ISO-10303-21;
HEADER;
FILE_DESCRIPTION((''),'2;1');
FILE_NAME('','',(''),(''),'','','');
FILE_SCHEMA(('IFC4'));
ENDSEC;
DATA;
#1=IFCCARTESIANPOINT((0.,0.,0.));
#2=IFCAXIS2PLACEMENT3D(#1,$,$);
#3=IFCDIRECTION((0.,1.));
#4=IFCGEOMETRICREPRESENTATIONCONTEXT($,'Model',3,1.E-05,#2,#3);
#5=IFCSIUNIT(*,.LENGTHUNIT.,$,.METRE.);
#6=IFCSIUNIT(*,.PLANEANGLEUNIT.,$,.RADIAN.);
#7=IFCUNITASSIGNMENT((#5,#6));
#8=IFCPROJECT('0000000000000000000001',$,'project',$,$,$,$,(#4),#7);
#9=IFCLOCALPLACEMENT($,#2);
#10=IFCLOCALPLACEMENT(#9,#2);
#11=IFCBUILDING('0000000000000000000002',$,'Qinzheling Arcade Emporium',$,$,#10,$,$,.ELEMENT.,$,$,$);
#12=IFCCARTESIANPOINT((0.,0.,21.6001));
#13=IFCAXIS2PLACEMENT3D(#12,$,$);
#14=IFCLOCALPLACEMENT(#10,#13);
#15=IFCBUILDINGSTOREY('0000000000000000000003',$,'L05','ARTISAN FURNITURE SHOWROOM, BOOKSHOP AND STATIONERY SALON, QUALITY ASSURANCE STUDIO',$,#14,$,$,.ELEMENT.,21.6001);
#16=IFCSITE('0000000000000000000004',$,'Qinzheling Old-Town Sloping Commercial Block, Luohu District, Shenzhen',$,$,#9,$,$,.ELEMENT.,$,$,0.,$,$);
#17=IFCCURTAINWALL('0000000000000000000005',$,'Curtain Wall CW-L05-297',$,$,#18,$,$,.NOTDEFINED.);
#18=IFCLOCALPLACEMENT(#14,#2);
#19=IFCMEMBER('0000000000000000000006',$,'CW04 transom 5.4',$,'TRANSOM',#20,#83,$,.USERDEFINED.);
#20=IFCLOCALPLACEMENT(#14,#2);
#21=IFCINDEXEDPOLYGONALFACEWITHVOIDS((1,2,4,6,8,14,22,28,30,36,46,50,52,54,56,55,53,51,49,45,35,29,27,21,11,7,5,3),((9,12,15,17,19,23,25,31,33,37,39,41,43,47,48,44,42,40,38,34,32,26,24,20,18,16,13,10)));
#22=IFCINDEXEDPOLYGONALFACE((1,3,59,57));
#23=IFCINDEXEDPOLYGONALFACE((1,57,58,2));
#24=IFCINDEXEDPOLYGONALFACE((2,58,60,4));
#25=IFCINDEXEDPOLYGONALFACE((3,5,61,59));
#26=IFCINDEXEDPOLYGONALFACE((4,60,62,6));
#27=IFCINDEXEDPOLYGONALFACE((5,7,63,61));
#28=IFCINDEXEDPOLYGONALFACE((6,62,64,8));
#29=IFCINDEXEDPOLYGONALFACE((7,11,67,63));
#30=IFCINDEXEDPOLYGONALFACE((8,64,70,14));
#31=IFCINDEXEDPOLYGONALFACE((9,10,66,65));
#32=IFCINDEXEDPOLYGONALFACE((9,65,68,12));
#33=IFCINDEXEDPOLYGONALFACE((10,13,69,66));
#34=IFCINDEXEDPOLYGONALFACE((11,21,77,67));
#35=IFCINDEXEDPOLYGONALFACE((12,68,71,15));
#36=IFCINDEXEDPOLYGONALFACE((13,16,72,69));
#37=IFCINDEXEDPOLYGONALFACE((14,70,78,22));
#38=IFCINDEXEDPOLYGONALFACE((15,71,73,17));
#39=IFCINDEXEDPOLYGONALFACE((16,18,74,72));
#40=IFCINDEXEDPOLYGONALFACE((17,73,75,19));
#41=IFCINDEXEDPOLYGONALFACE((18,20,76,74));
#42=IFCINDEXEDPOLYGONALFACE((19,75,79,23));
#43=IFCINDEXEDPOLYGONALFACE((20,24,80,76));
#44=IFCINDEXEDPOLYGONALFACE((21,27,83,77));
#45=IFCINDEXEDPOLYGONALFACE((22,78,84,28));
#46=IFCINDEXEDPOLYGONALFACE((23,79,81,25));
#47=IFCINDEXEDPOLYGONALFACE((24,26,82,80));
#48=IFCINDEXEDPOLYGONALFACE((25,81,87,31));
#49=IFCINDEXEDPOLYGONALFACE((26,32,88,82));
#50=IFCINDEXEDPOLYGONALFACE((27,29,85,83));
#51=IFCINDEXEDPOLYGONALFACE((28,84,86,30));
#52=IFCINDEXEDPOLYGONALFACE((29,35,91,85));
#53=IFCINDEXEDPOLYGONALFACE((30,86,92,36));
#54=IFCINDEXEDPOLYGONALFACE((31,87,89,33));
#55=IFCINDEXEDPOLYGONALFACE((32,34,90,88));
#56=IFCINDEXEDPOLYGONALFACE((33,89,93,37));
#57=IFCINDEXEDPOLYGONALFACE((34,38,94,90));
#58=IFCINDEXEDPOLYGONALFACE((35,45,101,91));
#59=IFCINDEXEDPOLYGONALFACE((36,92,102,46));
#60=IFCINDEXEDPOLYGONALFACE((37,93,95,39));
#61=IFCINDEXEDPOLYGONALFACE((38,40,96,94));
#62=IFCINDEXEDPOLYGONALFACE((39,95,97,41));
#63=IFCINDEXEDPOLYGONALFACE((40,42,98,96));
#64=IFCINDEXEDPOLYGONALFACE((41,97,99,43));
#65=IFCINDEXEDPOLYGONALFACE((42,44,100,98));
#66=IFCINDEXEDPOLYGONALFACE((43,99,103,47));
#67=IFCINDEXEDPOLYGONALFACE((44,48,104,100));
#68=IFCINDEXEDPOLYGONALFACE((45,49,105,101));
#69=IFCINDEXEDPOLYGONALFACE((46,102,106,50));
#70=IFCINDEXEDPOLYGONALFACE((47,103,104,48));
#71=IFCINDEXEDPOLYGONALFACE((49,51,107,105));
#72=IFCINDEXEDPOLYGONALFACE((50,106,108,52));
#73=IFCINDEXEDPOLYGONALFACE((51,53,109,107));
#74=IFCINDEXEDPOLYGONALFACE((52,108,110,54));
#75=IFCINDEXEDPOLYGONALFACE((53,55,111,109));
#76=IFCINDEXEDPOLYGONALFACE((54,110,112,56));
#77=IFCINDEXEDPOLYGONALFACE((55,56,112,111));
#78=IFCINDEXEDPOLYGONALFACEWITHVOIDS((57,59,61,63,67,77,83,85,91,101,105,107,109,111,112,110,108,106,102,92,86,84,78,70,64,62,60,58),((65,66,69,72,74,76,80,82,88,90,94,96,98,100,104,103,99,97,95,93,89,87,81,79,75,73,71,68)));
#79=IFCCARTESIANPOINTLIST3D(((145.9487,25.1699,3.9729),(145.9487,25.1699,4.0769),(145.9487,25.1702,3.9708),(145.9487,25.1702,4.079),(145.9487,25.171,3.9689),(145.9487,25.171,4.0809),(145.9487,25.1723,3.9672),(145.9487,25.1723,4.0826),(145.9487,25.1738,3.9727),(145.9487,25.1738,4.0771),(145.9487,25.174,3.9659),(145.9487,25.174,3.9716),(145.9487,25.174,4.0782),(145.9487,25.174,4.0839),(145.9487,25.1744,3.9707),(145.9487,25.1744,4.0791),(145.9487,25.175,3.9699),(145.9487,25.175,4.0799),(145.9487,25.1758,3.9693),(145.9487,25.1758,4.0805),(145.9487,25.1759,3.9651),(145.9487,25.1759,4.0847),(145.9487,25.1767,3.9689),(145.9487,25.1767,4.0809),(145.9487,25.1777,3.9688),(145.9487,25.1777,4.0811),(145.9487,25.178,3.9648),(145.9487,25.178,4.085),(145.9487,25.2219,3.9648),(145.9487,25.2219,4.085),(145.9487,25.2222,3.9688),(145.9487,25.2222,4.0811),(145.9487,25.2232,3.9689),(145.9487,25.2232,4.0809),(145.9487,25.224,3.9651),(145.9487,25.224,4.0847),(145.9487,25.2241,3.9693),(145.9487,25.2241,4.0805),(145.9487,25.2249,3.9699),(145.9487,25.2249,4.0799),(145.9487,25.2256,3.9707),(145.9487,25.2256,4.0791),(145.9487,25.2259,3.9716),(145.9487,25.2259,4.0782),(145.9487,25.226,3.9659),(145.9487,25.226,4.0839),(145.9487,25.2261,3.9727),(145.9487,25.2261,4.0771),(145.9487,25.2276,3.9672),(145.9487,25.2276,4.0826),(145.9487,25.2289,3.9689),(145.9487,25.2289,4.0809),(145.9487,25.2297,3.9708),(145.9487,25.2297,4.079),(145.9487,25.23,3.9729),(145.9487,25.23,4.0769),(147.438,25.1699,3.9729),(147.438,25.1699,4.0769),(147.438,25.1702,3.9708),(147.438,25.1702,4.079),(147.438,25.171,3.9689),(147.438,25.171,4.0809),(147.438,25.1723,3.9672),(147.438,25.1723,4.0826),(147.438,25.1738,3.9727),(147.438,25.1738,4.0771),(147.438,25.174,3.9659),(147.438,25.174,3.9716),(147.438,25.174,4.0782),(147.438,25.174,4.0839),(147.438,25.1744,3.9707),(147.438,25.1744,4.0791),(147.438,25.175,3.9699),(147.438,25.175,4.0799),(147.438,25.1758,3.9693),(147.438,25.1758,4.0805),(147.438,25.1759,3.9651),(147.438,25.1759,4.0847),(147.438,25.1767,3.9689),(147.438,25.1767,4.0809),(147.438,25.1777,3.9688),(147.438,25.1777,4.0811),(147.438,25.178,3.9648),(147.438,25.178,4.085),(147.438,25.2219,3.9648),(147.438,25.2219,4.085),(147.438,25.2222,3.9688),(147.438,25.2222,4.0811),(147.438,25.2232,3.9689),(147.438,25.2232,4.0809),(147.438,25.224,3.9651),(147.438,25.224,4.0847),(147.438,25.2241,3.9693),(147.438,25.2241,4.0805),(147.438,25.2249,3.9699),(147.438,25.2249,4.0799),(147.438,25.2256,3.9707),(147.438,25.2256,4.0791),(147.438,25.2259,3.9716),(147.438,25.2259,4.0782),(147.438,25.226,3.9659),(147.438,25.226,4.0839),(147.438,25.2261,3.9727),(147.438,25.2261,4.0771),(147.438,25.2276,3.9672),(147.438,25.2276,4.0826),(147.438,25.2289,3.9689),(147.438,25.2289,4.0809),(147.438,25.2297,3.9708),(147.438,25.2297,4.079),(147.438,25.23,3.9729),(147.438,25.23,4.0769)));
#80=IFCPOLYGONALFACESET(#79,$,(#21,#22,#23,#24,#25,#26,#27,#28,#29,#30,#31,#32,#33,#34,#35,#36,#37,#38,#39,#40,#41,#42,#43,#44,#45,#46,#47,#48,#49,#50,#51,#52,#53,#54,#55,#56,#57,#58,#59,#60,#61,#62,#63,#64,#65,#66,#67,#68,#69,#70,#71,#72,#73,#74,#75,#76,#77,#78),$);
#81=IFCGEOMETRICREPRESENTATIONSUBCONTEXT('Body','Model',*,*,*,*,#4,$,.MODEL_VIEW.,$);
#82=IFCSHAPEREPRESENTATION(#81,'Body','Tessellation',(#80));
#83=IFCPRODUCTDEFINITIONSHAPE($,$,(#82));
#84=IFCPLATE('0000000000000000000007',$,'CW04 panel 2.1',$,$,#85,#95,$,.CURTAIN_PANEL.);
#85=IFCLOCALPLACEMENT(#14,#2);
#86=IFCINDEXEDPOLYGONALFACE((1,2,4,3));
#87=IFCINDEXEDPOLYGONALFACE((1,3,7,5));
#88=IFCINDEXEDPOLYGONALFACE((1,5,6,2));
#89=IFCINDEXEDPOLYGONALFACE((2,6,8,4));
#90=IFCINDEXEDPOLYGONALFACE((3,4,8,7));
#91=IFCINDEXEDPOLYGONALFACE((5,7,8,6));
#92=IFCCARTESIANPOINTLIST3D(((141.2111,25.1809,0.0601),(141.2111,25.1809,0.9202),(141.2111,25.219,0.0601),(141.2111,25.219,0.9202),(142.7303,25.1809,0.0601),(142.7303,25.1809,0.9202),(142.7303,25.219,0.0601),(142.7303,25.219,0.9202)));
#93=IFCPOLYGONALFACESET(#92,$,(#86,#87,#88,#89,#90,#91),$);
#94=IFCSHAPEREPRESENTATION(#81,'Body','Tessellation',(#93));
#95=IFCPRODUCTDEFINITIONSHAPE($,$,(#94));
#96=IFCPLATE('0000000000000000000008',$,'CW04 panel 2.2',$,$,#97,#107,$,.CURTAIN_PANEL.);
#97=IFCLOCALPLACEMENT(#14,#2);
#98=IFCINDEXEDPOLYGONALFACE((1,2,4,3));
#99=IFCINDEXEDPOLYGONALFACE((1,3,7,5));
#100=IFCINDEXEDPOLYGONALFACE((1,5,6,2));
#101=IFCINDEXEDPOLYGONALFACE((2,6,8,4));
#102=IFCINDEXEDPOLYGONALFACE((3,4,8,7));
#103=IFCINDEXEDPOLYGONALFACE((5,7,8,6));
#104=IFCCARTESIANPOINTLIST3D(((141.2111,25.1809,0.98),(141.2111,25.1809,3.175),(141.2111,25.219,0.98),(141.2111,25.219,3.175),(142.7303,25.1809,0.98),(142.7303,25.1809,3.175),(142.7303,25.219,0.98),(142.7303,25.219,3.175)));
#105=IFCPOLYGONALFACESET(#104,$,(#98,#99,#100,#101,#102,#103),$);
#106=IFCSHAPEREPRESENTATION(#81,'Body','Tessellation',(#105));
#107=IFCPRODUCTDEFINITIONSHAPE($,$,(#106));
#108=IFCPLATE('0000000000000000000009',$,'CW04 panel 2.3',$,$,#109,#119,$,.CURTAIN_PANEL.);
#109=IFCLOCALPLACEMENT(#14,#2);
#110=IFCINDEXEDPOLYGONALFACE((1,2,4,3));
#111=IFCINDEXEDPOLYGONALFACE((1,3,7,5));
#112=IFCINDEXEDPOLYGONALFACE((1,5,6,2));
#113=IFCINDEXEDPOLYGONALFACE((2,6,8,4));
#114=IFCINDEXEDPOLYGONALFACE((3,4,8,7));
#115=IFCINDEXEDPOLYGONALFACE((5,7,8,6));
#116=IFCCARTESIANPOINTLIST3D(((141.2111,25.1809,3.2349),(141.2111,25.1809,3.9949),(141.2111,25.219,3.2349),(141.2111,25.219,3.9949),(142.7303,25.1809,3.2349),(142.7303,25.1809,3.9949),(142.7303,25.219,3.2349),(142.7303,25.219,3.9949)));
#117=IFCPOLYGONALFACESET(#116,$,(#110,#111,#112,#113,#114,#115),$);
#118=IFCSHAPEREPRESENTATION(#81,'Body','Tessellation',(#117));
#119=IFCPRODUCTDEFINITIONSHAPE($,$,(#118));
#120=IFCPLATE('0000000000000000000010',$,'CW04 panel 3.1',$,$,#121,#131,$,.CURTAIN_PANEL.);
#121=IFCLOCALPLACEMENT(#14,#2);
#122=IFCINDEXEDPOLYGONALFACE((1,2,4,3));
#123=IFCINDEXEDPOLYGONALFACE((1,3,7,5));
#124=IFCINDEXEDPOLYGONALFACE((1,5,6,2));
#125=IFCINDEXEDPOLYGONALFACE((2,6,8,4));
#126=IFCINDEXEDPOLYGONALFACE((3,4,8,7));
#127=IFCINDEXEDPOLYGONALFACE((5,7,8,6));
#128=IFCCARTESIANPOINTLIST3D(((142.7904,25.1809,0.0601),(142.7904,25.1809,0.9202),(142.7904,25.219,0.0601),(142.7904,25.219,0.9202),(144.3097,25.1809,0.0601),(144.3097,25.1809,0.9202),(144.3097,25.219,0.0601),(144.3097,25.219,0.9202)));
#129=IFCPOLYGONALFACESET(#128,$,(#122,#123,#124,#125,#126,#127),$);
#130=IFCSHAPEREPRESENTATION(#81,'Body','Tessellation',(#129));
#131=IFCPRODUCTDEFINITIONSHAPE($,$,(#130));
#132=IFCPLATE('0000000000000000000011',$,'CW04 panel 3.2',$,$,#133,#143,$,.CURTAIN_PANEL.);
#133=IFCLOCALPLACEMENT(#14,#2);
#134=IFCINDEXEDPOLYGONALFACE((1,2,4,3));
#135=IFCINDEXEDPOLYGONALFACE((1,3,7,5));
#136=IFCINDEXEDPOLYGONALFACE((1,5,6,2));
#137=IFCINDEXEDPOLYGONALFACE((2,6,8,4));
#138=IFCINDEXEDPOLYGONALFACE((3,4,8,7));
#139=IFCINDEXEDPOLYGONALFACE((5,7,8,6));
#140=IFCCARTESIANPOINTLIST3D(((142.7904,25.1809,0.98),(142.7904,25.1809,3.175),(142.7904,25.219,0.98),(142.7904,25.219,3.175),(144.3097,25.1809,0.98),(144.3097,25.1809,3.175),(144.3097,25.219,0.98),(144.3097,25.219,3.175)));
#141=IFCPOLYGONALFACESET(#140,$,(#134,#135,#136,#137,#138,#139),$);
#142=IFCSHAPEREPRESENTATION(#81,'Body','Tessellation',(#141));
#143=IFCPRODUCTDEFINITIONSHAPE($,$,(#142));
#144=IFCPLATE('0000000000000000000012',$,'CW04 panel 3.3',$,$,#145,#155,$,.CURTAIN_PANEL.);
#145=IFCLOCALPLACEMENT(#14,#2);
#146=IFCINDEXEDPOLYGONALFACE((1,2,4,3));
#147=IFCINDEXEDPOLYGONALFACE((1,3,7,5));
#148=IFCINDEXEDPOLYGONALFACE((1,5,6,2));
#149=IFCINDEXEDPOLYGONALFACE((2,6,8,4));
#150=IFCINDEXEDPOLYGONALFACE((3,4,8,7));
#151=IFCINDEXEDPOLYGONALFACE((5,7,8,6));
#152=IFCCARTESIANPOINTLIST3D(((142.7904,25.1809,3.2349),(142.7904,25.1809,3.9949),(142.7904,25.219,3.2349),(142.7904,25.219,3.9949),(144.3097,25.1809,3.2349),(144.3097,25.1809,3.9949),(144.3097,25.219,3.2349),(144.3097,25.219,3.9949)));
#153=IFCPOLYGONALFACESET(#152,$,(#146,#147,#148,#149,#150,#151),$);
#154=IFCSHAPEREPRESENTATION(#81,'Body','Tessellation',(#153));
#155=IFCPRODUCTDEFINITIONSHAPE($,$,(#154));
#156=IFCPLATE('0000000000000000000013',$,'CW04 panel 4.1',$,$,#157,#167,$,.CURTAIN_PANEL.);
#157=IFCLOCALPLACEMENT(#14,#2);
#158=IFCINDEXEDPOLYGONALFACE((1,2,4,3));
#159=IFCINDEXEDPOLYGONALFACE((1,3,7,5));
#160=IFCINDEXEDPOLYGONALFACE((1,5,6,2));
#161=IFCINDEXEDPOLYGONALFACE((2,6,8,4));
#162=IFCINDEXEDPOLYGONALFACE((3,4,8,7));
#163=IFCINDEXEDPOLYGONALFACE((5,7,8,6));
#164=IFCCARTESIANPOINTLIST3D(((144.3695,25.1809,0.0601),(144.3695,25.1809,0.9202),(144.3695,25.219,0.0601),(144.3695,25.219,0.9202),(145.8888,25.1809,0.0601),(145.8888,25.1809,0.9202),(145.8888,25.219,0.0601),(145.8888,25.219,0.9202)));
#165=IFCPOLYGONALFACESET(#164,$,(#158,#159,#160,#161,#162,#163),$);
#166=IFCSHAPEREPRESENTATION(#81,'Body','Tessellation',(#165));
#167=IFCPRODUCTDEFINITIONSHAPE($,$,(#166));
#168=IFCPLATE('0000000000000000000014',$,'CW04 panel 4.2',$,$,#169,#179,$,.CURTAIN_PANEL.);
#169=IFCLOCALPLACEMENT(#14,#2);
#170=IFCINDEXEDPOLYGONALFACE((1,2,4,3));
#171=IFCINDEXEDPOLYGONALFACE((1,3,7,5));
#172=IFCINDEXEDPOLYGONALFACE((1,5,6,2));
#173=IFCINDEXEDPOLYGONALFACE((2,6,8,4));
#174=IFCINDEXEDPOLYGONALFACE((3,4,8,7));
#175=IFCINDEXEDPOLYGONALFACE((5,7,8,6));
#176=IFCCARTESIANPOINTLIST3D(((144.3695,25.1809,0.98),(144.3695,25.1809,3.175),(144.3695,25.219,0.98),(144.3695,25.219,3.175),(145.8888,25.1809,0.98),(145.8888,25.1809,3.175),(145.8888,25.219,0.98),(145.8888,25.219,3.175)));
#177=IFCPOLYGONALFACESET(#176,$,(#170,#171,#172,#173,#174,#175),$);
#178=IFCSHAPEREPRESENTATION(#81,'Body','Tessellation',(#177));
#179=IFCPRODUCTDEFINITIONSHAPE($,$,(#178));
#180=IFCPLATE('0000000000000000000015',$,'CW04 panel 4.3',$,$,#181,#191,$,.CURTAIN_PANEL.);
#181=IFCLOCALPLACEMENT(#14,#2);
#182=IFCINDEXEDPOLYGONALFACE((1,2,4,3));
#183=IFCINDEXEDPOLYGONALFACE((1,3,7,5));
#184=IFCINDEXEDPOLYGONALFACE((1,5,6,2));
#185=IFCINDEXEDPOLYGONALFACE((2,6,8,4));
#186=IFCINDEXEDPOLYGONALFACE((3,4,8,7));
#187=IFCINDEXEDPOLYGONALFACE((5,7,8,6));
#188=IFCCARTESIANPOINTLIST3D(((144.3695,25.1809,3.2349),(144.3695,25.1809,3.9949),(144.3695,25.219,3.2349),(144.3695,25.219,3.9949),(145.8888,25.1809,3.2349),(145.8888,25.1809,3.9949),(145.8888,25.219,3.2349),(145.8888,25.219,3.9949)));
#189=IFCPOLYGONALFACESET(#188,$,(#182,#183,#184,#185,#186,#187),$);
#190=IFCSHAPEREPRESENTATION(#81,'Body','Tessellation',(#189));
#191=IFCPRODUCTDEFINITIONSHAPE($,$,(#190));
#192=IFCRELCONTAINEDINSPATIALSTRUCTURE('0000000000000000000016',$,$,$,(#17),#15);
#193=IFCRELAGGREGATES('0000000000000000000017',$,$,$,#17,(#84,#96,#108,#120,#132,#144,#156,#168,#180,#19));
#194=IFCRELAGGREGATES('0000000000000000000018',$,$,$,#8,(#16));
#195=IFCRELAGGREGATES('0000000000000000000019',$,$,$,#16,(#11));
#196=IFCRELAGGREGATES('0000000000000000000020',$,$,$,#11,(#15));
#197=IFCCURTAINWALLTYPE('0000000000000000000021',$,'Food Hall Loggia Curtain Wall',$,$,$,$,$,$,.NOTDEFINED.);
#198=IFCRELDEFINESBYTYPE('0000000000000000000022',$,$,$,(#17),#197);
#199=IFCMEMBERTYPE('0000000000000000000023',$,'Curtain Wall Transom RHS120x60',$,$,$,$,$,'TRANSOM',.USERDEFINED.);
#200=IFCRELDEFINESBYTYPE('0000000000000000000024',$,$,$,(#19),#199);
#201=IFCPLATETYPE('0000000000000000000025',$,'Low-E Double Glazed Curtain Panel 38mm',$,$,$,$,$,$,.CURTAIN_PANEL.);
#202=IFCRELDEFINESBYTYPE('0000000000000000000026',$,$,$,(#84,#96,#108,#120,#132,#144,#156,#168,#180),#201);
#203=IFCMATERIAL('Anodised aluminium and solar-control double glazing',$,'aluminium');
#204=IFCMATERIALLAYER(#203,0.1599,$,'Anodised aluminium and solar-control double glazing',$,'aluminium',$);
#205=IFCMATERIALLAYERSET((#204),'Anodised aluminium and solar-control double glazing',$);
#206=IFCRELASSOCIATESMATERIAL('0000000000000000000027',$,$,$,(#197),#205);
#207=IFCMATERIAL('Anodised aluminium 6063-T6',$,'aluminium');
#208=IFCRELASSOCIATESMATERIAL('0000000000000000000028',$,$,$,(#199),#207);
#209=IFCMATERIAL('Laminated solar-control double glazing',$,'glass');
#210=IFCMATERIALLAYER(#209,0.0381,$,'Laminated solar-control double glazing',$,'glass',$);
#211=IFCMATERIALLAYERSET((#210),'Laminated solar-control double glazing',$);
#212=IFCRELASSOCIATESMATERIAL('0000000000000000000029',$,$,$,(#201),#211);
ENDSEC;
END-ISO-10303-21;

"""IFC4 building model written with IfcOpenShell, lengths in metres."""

from ifc_helpers import new_model, si_unit, direction, frame, origin, origin_2d, place, context, subcontext, project, spatial, rectangle, hollow_rectangle, extrude, material, layer, layer_set, material_profile, profile_set, type_object, element, aggregate, save


model = new_model("IFC4")

# Units and contexts
model_context = context("Model", 3, precision=1e-05, world=origin(), true_north=direction((0.0, 1.0)))
body_context = subcontext(model_context, "Body", "Model", "MODEL_VIEW")
ifc_project = project(units=[si_unit("LENGTHUNIT", "METRE"), si_unit("PLANEANGLEUNIT", "RADIAN")], contexts=[model_context])

# Site, building, storey
site_placement = place(None, origin())
site = spatial("IfcSite", under=ifc_project, at=site_placement, Name="Qinzheling Old-Town Sloping Commercial Block, Luohu District, Shenzhen", CompositionType="ELEMENT", RefElevation=0.0)
building_placement = place(site_placement, origin())
building = spatial("IfcBuilding", under=site, at=building_placement, Name="Qinzheling Arcade Emporium", CompositionType="ELEMENT")
storey_placement = place(building_placement, frame((0.0, 0.0, 21.6001)))
storey = spatial("IfcBuildingStorey", under=building, at=storey_placement, Name="L05", Description="ARTISAN FURNITURE SHOWROOM, BOOKSHOP AND STATIONERY SALON, QUALITY ASSURANCE STUDIO", CompositionType="ELEMENT", Elevation=21.6001)

# Curtain wall, member, plates
ifc_material_1 = material(Name="Anodised aluminium and solar-control double glazing", Category="aluminium")
ifc_layer_1 = layer(ifc_material_1, 0.1599, Name="Anodised aluminium and solar-control double glazing", Category="aluminium")
ifc_layer_set_1 = layer_set([ifc_layer_1], Name="Anodised aluminium and solar-control double glazing")
curtain_wall_type = type_object("IfcCurtainWallType", Name="Food Hall Loggia Curtain Wall", PredefinedType="NOTDEFINED", material=ifc_layer_set_1)
curtain_wall_placement = place(storey_placement, origin())
curtain_wall = element("IfcCurtainWall", 1, at=curtain_wall_placement, inside=storey, type_object=curtain_wall_type, Name="Curtain Wall CW-L05-297", PredefinedType="NOTDEFINED")
ifc_material_2 = material(Name="Anodised aluminium 6063-T6", Category="aluminium")
ifc_material_profile_1 = material_profile(ifc_material_2, hollow_rectangle(XDim=0.0601, YDim=0.1201, WallThickness=0.0039, InnerFilletRadius=0.0039, OuterFilletRadius=0.0081, at=origin_2d()), Name="RHS 120x60x4", Category="aluminium")
ifc_profile_set_1 = profile_set([ifc_material_profile_1], Name="Anodised aluminium 6063-T6")
member_type_1 = type_object("IfcMemberType", Name="Curtain Wall Transom RHS120x60", ElementType="TRANSOM", PredefinedType="USERDEFINED", material=ifc_profile_set_1)
member_1_placement = place(storey_placement, frame((145.9487, 25.2, 4.0249), z_axis=(1.0, 0.0, 0.0), x_axis=(0.0, 1.0, 0.0)))
member_1 = element("IfcMember", 2, at=member_1_placement, type_object=member_type_1, Name="CW04 transom 5.4", ObjectType="TRANSOM", PredefinedType="USERDEFINED", context=body_context, shape_type="SweptSolid", body=[
    extrude(hollow_rectangle(XDim=0.0601, YDim=0.1201, WallThickness=0.0039, InnerFilletRadius=0.0039, OuterFilletRadius=0.0081, at=origin_2d()), origin(), (0.0, 0.0, 1.0), 1.4893),
])
ifc_material_3 = material(Name="Laminated solar-control double glazing", Category="glass")
ifc_layer_2 = layer(ifc_material_3, 0.0381, Name="Laminated solar-control double glazing", Category="glass")
ifc_layer_set_2 = layer_set([ifc_layer_2], Name="Laminated solar-control double glazing")
plate_type = type_object("IfcPlateType", Name="Low-E Double Glazed Curtain Panel 38mm", PredefinedType="CURTAIN_PANEL", material=ifc_layer_set_2)
plate_1_placement = place(storey_placement, frame((141.9707, 25.2, 0.0601), z_axis=(0.0, 0.0, 1.0), x_axis=(1.0, 0.0, 0.0)))
plate_1 = element("IfcPlate", 3, at=plate_1_placement, type_object=plate_type, Name="CW04 panel 2.1", PredefinedType="CURTAIN_PANEL", context=body_context, shape_type="SweptSolid", body=[
    extrude(rectangle(XDim=1.5193, YDim=0.0381, at=origin_2d()), origin(), (0.0, 0.0, 1.0), 0.8601),
])
plate_2_placement = place(storey_placement, frame((141.9707, 25.2, 0.98), z_axis=(0.0, 0.0, 1.0), x_axis=(1.0, 0.0, 0.0)))
plate_2 = element("IfcPlate", 4, at=plate_2_placement, type_object=plate_type, Name="CW04 panel 2.2", PredefinedType="CURTAIN_PANEL", context=body_context, shape_type="SweptSolid", body=[
    extrude(rectangle(XDim=1.5193, YDim=0.0381, at=origin_2d()), origin(), (0.0, 0.0, 1.0), 2.1951),
])
plate_3_placement = place(storey_placement, frame((141.9707, 25.2, 3.2349), z_axis=(0.0, 0.0, 1.0), x_axis=(1.0, 0.0, 0.0)))
plate_3 = element("IfcPlate", 5, at=plate_3_placement, type_object=plate_type, Name="CW04 panel 2.3", PredefinedType="CURTAIN_PANEL", context=body_context, shape_type="SweptSolid", body=[
    extrude(rectangle(XDim=1.5193, YDim=0.0381, at=origin_2d()), origin(), (0.0, 0.0, 1.0), 0.76),
])
plate_4_placement = place(storey_placement, frame((143.55, 25.2, 0.0601), z_axis=(0.0, 0.0, 1.0), x_axis=(1.0, 0.0, 0.0)))
plate_4 = element("IfcPlate", 6, at=plate_4_placement, type_object=plate_type, Name="CW04 panel 3.1", PredefinedType="CURTAIN_PANEL", context=body_context, shape_type="SweptSolid", body=[
    extrude(rectangle(XDim=1.5193, YDim=0.0381, at=origin_2d()), origin(), (0.0, 0.0, 1.0), 0.8601),
])
plate_5_placement = place(storey_placement, frame((143.55, 25.2, 0.98), z_axis=(0.0, 0.0, 1.0), x_axis=(1.0, 0.0, 0.0)))
plate_5 = element("IfcPlate", 7, at=plate_5_placement, type_object=plate_type, Name="CW04 panel 3.2", PredefinedType="CURTAIN_PANEL", context=body_context, shape_type="SweptSolid", body=[
    extrude(rectangle(XDim=1.5193, YDim=0.0381, at=origin_2d()), origin(), (0.0, 0.0, 1.0), 2.1951),
])
plate_6_placement = place(storey_placement, frame((143.55, 25.2, 3.2349), z_axis=(0.0, 0.0, 1.0), x_axis=(1.0, 0.0, 0.0)))
plate_6 = element("IfcPlate", 8, at=plate_6_placement, type_object=plate_type, Name="CW04 panel 3.3", PredefinedType="CURTAIN_PANEL", context=body_context, shape_type="SweptSolid", body=[
    extrude(rectangle(XDim=1.5193, YDim=0.0381, at=origin_2d()), origin(), (0.0, 0.0, 1.0), 0.76),
])
plate_7_placement = place(storey_placement, frame((145.1292, 25.2, 0.0601), z_axis=(0.0, 0.0, 1.0), x_axis=(1.0, 0.0, 0.0)))
plate_7 = element("IfcPlate", 9, at=plate_7_placement, type_object=plate_type, Name="CW04 panel 4.1", PredefinedType="CURTAIN_PANEL", context=body_context, shape_type="SweptSolid", body=[
    extrude(rectangle(XDim=1.5193, YDim=0.0381, at=origin_2d()), origin(), (0.0, 0.0, 1.0), 0.8601),
])
plate_8_placement = place(storey_placement, frame((145.1292, 25.2, 0.98), z_axis=(0.0, 0.0, 1.0), x_axis=(1.0, 0.0, 0.0)))
plate_8 = element("IfcPlate", 10, at=plate_8_placement, type_object=plate_type, Name="CW04 panel 4.2", PredefinedType="CURTAIN_PANEL", context=body_context, shape_type="SweptSolid", body=[
    extrude(rectangle(XDim=1.5193, YDim=0.0381, at=origin_2d()), origin(), (0.0, 0.0, 1.0), 2.1951),
])
plate_9_placement = place(storey_placement, frame((145.1292, 25.2, 3.2349), z_axis=(0.0, 0.0, 1.0), x_axis=(1.0, 0.0, 0.0)))
plate_9 = element("IfcPlate", 11, at=plate_9_placement, type_object=plate_type, Name="CW04 panel 4.3", PredefinedType="CURTAIN_PANEL", context=body_context, shape_type="SweptSolid", body=[
    extrude(rectangle(XDim=1.5193, YDim=0.0381, at=origin_2d()), origin(), (0.0, 0.0, 1.0), 0.76),
])
aggregate(curtain_wall, [plate_1, plate_2, plate_3, plate_4, plate_5, plate_6, plate_7, plate_8, plate_9, member_1])

save(model, "model.ifc")
